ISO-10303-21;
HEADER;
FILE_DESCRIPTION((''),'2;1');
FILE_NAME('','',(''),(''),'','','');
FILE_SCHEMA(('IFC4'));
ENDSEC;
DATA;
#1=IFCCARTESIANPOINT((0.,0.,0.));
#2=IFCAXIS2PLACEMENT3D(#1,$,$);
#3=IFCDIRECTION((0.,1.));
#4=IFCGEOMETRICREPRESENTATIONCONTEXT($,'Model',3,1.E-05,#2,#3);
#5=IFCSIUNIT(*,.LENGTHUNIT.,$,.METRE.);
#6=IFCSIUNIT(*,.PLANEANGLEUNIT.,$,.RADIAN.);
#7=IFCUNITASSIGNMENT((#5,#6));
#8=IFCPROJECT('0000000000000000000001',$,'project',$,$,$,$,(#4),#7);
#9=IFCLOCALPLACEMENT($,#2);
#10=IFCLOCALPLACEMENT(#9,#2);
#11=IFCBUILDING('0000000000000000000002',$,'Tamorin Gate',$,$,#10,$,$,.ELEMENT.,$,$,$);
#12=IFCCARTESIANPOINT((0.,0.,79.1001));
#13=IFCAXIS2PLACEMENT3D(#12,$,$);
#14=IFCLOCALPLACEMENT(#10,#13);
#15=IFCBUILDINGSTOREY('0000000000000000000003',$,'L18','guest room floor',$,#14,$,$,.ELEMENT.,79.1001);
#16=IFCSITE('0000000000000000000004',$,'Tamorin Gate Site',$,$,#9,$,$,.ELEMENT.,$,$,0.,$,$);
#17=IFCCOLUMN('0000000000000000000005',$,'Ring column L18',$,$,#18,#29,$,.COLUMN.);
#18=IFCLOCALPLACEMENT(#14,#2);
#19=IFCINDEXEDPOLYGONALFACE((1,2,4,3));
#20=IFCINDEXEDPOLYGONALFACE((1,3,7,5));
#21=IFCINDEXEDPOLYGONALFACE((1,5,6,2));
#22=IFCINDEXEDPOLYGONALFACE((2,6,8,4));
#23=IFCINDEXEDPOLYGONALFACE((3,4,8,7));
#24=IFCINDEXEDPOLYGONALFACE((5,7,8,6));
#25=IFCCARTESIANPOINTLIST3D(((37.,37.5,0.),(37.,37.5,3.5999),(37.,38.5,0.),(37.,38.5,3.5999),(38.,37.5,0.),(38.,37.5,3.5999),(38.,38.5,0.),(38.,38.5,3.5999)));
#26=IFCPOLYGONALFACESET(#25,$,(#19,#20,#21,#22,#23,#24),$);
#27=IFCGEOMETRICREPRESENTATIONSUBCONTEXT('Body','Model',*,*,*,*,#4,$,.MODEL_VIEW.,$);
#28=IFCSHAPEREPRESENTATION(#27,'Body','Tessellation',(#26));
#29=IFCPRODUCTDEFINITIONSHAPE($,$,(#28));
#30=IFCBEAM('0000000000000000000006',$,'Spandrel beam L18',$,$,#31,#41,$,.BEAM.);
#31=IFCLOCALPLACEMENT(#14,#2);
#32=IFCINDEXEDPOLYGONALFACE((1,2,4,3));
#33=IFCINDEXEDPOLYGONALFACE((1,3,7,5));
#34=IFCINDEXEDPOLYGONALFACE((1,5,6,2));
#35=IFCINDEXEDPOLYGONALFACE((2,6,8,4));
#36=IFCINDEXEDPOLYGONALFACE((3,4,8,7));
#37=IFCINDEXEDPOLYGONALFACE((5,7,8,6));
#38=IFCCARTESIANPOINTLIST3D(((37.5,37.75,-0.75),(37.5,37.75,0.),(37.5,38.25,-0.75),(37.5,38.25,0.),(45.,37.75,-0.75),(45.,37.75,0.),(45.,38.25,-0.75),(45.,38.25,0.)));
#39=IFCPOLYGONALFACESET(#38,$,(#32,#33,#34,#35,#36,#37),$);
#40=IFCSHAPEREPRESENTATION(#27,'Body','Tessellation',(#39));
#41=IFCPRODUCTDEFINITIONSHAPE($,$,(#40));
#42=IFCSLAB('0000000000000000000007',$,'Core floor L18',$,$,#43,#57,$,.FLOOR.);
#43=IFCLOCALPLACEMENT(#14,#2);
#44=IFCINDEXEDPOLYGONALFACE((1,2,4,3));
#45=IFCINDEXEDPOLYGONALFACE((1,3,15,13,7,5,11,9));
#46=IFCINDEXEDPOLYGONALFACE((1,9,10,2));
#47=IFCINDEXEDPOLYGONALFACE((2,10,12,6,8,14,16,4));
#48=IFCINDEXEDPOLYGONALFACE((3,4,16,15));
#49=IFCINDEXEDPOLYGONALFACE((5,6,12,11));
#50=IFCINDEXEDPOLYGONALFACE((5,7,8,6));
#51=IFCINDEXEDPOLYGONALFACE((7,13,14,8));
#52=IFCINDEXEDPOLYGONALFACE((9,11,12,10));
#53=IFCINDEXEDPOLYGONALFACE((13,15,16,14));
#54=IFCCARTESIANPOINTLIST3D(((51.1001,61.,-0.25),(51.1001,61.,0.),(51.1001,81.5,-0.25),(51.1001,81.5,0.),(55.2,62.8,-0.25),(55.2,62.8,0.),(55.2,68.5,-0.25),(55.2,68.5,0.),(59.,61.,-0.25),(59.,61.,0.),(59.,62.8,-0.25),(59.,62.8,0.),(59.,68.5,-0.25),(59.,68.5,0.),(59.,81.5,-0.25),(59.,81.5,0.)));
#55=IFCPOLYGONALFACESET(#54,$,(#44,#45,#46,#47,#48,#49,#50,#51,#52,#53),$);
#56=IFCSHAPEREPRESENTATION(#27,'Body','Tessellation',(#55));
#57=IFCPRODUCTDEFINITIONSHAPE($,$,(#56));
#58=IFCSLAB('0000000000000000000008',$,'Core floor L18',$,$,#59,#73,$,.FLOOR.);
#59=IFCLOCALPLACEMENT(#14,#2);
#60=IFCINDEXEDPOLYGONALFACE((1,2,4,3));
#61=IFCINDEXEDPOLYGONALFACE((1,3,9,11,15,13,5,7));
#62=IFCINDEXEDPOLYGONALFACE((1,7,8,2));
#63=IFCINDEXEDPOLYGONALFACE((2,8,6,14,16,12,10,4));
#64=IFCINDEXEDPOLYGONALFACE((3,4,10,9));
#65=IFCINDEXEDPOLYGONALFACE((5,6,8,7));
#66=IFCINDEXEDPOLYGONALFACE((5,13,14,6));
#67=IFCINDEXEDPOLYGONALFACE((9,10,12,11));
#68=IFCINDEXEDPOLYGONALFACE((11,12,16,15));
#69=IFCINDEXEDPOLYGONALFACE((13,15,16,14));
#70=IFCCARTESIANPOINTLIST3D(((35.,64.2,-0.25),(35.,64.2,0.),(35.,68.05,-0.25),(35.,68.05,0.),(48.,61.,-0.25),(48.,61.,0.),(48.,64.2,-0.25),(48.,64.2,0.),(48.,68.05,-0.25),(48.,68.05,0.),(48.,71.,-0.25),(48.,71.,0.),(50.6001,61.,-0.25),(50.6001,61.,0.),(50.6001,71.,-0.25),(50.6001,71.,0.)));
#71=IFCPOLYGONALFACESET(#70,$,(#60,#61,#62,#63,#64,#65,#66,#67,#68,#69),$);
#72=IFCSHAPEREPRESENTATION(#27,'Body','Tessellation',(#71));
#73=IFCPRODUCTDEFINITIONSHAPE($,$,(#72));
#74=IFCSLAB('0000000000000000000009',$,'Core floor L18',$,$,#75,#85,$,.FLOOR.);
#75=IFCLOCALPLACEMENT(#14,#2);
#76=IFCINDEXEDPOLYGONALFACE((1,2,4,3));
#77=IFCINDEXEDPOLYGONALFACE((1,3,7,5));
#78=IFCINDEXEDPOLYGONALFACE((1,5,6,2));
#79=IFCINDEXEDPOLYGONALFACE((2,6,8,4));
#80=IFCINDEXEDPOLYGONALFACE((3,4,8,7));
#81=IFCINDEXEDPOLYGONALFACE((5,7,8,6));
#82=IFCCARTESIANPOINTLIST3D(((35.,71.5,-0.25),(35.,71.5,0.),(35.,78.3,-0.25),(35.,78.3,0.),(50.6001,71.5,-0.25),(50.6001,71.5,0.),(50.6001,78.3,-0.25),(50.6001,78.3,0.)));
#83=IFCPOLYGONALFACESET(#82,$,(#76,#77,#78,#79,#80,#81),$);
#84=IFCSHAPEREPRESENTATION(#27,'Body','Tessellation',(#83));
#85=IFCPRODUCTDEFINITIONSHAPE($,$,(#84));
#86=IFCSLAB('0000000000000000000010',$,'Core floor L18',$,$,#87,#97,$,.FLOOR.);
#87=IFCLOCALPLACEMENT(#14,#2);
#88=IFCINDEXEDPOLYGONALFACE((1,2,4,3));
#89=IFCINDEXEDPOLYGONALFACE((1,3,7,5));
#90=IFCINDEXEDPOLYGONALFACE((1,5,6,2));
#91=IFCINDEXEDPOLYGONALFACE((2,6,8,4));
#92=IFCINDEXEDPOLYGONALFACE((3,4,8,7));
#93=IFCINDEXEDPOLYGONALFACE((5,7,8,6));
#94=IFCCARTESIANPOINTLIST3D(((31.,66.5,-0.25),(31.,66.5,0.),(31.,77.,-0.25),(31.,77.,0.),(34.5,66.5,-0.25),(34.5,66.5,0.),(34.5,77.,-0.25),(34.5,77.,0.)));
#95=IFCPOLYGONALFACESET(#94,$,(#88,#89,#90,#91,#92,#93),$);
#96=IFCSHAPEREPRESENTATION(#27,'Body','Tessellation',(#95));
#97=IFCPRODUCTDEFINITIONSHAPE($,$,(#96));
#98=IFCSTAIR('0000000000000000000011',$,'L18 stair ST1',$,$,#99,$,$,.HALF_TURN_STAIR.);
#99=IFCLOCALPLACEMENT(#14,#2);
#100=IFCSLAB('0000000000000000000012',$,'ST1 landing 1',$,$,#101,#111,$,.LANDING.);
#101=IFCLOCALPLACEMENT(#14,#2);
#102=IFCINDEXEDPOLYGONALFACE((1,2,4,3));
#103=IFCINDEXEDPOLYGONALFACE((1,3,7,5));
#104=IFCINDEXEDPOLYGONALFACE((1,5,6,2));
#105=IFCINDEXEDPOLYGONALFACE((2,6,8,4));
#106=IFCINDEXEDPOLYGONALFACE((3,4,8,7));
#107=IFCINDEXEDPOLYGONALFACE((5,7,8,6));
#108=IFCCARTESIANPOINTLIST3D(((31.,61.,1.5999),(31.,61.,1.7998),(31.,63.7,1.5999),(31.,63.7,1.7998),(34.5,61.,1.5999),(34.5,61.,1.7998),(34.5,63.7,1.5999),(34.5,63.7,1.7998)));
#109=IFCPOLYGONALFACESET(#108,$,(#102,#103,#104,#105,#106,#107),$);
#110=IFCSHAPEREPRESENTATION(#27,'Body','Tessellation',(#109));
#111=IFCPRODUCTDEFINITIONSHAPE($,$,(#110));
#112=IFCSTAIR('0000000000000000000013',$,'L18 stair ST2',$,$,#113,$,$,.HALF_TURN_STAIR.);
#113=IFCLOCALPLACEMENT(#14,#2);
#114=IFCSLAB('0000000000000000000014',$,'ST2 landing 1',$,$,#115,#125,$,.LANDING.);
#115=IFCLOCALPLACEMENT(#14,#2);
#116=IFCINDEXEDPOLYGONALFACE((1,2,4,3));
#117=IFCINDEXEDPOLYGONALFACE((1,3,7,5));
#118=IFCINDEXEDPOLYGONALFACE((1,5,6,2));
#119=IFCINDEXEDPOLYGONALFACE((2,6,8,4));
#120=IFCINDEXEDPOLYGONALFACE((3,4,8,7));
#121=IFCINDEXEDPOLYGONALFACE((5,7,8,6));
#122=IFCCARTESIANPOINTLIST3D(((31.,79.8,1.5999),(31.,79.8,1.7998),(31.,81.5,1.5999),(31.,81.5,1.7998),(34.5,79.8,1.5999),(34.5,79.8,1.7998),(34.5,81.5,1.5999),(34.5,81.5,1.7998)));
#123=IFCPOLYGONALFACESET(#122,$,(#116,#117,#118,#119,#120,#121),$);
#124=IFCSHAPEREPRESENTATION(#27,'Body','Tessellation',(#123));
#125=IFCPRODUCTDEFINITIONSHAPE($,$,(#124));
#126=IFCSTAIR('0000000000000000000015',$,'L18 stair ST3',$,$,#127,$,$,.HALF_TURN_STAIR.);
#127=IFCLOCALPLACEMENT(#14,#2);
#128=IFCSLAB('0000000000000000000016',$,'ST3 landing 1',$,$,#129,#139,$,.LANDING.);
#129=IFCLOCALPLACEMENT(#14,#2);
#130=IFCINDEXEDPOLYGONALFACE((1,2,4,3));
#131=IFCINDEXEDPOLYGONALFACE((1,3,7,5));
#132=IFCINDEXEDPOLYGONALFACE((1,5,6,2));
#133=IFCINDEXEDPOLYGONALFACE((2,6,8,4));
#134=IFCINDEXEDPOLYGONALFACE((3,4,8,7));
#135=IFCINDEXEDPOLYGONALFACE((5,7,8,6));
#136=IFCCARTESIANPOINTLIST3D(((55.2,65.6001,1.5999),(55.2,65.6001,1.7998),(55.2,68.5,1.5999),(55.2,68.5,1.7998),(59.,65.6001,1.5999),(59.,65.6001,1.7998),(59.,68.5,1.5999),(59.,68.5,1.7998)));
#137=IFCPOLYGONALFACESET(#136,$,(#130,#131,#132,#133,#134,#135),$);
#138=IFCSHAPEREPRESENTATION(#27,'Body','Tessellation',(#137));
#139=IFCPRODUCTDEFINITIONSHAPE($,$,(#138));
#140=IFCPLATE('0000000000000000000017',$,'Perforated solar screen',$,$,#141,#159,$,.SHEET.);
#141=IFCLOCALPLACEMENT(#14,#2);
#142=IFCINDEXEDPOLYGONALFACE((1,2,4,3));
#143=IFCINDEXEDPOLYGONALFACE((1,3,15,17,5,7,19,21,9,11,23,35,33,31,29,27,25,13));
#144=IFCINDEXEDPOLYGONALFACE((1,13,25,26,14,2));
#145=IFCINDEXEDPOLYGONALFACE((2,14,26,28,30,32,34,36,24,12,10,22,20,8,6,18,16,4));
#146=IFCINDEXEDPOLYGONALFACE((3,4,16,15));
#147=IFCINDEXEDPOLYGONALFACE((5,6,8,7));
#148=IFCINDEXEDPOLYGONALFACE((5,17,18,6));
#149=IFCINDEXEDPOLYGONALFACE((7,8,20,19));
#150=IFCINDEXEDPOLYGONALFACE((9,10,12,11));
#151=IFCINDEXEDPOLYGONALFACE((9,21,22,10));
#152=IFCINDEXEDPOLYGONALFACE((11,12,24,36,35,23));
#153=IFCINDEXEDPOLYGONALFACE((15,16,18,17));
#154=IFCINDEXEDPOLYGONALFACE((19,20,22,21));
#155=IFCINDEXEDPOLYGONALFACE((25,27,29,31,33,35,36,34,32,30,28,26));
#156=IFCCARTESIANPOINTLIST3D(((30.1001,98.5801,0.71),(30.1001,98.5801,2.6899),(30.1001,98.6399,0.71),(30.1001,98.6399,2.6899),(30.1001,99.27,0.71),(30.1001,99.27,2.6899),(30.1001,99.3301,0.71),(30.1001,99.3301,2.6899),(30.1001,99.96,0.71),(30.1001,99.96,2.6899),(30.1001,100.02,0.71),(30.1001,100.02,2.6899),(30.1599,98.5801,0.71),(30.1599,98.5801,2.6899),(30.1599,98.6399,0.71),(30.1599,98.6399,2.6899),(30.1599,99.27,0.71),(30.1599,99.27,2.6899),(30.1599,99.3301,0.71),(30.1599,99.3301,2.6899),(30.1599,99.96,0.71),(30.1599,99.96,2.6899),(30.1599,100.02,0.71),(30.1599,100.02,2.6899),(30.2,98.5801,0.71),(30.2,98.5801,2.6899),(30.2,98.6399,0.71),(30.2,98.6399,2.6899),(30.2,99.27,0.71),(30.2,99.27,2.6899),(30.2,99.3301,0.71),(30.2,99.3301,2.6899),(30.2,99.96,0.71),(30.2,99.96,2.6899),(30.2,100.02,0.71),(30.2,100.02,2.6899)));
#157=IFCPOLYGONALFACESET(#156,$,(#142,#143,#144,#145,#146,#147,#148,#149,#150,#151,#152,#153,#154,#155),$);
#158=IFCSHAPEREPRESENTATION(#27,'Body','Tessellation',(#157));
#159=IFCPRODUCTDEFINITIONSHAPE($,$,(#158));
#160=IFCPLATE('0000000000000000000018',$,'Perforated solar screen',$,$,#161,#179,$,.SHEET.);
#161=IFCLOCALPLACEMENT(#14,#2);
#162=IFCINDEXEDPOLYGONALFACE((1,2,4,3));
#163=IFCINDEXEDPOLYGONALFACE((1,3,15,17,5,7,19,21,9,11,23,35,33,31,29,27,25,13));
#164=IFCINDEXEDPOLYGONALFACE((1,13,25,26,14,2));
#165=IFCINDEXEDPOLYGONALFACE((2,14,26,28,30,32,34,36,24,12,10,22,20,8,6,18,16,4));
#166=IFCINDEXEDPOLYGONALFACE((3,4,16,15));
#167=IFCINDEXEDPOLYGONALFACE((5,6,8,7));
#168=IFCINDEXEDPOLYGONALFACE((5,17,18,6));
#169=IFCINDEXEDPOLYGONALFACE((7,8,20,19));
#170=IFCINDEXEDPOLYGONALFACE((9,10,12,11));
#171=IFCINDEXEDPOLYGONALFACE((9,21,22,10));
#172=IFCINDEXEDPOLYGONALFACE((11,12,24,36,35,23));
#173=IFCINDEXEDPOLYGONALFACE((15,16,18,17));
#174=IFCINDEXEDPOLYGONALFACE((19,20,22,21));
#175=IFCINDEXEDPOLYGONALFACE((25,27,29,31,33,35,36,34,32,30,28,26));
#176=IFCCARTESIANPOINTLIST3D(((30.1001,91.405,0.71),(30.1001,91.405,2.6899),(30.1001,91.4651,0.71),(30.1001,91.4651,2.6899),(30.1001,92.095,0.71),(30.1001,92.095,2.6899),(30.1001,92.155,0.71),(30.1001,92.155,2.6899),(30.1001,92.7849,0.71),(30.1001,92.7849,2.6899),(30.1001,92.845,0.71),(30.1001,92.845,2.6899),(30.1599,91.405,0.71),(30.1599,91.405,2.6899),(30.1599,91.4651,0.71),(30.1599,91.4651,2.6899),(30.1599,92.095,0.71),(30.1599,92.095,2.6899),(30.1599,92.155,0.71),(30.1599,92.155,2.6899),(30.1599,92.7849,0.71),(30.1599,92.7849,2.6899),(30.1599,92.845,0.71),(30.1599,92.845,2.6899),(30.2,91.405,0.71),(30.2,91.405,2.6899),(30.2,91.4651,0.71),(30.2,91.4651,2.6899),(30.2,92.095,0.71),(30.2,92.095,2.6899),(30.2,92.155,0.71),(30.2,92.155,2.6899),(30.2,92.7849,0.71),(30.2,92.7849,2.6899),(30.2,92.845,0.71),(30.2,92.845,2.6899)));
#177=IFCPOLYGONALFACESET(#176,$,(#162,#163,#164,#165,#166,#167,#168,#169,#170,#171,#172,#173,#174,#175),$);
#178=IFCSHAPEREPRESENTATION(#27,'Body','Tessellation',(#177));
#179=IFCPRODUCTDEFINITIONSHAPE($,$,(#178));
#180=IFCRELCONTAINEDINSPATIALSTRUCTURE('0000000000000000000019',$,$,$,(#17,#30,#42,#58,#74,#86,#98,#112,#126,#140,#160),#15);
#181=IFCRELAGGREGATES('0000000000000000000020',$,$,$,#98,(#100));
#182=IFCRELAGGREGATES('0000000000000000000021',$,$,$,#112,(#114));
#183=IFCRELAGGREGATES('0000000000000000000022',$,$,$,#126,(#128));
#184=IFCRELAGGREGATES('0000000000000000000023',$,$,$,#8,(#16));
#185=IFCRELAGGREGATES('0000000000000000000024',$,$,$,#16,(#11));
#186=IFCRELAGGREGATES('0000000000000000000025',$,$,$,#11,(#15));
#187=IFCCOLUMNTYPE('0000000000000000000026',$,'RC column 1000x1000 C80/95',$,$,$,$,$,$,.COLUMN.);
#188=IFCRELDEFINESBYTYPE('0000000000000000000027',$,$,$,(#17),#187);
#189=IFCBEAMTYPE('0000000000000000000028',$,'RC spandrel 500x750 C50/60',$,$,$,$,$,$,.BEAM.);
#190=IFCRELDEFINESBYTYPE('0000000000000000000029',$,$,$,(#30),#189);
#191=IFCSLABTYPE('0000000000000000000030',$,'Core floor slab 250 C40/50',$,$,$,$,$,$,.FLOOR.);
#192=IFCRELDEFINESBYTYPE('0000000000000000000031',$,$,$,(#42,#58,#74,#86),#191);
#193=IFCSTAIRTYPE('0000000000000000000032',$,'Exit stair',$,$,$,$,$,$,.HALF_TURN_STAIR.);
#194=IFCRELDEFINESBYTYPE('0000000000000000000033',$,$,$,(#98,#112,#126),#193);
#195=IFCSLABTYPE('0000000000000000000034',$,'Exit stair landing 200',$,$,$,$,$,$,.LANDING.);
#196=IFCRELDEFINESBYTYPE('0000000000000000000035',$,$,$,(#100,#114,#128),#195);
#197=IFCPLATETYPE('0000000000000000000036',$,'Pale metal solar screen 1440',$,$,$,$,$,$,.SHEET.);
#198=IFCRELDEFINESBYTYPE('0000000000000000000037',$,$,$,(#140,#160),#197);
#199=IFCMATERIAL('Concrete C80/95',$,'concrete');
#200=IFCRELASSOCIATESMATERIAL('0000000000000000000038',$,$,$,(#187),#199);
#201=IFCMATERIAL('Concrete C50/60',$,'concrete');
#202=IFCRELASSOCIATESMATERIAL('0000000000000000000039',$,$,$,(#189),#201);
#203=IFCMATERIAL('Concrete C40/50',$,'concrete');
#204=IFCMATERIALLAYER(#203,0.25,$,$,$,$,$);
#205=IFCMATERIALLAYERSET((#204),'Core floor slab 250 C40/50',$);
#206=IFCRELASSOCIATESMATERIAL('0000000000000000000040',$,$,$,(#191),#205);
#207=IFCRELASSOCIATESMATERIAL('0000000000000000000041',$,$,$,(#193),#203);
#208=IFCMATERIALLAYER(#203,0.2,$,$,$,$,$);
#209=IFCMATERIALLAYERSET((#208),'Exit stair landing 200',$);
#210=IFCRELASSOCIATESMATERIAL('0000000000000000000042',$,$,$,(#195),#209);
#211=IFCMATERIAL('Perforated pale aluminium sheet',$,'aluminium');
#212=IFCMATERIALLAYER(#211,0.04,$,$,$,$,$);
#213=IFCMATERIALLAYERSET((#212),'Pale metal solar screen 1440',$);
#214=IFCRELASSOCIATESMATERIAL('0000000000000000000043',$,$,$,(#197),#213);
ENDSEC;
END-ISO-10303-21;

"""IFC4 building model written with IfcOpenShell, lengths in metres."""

from ifc_helpers import new_model, si_unit, direction, frame, origin, origin_2d, place, context, subcontext, project, spatial, polyline, rectangle, outline, extrude, material, layer, layer_set, material_profile, profile_set, type_object, element, aggregate, save


model = new_model("IFC4")

# Units and contexts
model_context = context("Model", 3, precision=1e-05, world=origin(), true_north=direction((0.0, 1.0)))
body_context = subcontext(model_context, "Body", "Model", "MODEL_VIEW")
ifc_project = project(units=[si_unit("LENGTHUNIT", "METRE"), si_unit("PLANEANGLEUNIT", "RADIAN")], contexts=[model_context])

# Site, building, storey
site_placement = place(None, origin())
site = spatial("IfcSite", under=ifc_project, at=site_placement, Name="Tamorin Gate Site", CompositionType="ELEMENT", RefElevation=0.0)
building_placement = place(site_placement, origin())
building = spatial("IfcBuilding", under=site, at=building_placement, Name="Tamorin Gate", CompositionType="ELEMENT")
storey_placement = place(building_placement, frame((0.0, 0.0, 79.1001)))
storey = spatial("IfcBuildingStorey", under=building, at=storey_placement, Name="L18", Description="guest room floor", CompositionType="ELEMENT", Elevation=79.1001)

# Column
ifc_material_1 = material(Name="Concrete C80/95", Category="concrete")
ifc_material_profile_1 = material_profile(ifc_material_1, rectangle(XDim=1.0, YDim=1.0, at=origin_2d()), Name="RC 1000x1000")
ifc_profile_set_1 = profile_set([ifc_material_profile_1], Name="Concrete C80/95")
column_type = type_object("IfcColumnType", Name="RC column 1000x1000 C80/95", PredefinedType="COLUMN", material=ifc_profile_set_1)
column_placement = place(storey_placement, frame((37.5, 38.0, 0.0), z_axis=(0.0, 0.0, 1.0), x_axis=(1.0, 0.0, 0.0)))
element("IfcColumn", 1, at=column_placement, inside=storey, type_object=column_type, Name="Ring column L18", PredefinedType="COLUMN", context=body_context, shape_type="SweptSolid", body=[
    extrude(rectangle(XDim=1.0, YDim=1.0, at=origin_2d()), origin(), (0.0, 0.0, 1.0), 3.5999),
])

# Beam
ifc_material_2 = material(Name="Concrete C50/60", Category="concrete")
ifc_material_profile_2 = material_profile(ifc_material_2, rectangle(XDim=0.5, YDim=0.75, at=origin_2d()), Name="RC 500x750")
ifc_profile_set_2 = profile_set([ifc_material_profile_2], Name="Concrete C50/60")
beam_type = type_object("IfcBeamType", Name="RC spandrel 500x750 C50/60", PredefinedType="BEAM", material=ifc_profile_set_2)
beam_placement = place(storey_placement, frame((37.5, 38.0, -0.375), z_axis=(1.0, 0.0, 0.0), x_axis=(0.0, 1.0, 0.0)))
element("IfcBeam", 2, at=beam_placement, inside=storey, type_object=beam_type, Name="Spandrel beam L18", PredefinedType="BEAM", context=body_context, shape_type="SweptSolid", body=[
    extrude(rectangle(XDim=0.5, YDim=0.75, at=origin_2d()), origin(), (0.0, 0.0, 1.0), 7.5),
])

# Slabs
ifc_material_3 = material(Name="Concrete C40/50", Category="concrete")
ifc_layer_1 = layer(ifc_material_3, 0.25)
ifc_layer_set_1 = layer_set([ifc_layer_1], Name="Core floor slab 250 C40/50")
slab_type_1 = type_object("IfcSlabType", Name="Core floor slab 250 C40/50", PredefinedType="FLOOR", material=ifc_layer_set_1)
slab_1_placement = place(storey_placement, frame((0.0, 0.0, -0.25)))
element("IfcSlab", 3, at=slab_1_placement, inside=storey, type_object=slab_type_1, Name="Core floor L18", PredefinedType="FLOOR", context=body_context, shape_type="SweptSolid", body=[
    extrude(outline(polyline([(59.0, 62.8), (59.0, 61.0), (51.1001, 61.0), (51.1001, 81.5), (59.0, 81.5), (59.0, 68.5), (55.2, 68.5), (55.2, 62.8), (59.0, 62.8)])), origin(), (0.0, 0.0, 1.0), 0.25),
])
slab_2_placement = place(storey_placement, frame((0.0, 0.0, -0.25)))
element("IfcSlab", 4, at=slab_2_placement, inside=storey, type_object=slab_type_1, Name="Core floor L18", PredefinedType="FLOOR", context=body_context, shape_type="SweptSolid", body=[
    extrude(outline(polyline([(50.6001, 61.0), (48.0, 61.0), (48.0, 64.2), (35.0, 64.2), (35.0, 68.05), (48.0, 68.05), (48.0, 71.0), (50.6001, 71.0), (50.6001, 61.0)])), origin(), (0.0, 0.0, 1.0), 0.25),
])
slab_3_placement = place(storey_placement, frame((0.0, 0.0, -0.25)))
element("IfcSlab", 5, at=slab_3_placement, inside=storey, type_object=slab_type_1, Name="Core floor L18", PredefinedType="FLOOR", context=body_context, shape_type="SweptSolid", body=[
    extrude(outline(polyline([(50.6001, 71.5), (35.0, 71.5), (35.0, 78.3), (50.6001, 78.3), (50.6001, 71.5)])), origin(), (0.0, 0.0, 1.0), 0.25),
])
slab_4_placement = place(storey_placement, frame((0.0, 0.0, -0.25)))
element("IfcSlab", 6, at=slab_4_placement, inside=storey, type_object=slab_type_1, Name="Core floor L18", PredefinedType="FLOOR", context=body_context, shape_type="SweptSolid", body=[
    extrude(outline(polyline([(31.0, 66.5), (31.0, 77.0), (34.5, 77.0), (34.5, 66.5), (31.0, 66.5)])), origin(), (0.0, 0.0, 1.0), 0.25),
])

# Stairs, slabs
stair_type = type_object("IfcStairType", Name="Exit stair", PredefinedType="HALF_TURN_STAIR", material=ifc_material_3)
stair_1_placement = place(storey_placement, origin())
stair_1 = element("IfcStair", 7, at=stair_1_placement, inside=storey, type_object=stair_type, Name="L18 stair ST1", PredefinedType="HALF_TURN_STAIR")
ifc_layer_2 = layer(ifc_material_3, 0.2)
ifc_layer_set_2 = layer_set([ifc_layer_2], Name="Exit stair landing 200")
slab_type_2 = type_object("IfcSlabType", Name="Exit stair landing 200", PredefinedType="LANDING", material=ifc_layer_set_2)
slab_5_placement = place(storey_placement, frame((0.0, 0.0, 1.5999)))
slab_5 = element("IfcSlab", 8, at=slab_5_placement, type_object=slab_type_2, Name="ST1 landing 1", PredefinedType="LANDING", context=body_context, shape_type="SweptSolid", body=[
    extrude(outline(polyline([(31.0, 63.7), (31.0, 61.0), (34.5, 61.0), (34.5, 63.7), (31.0, 63.7)])), origin(), (0.0, 0.0, 1.0), 0.2),
])
aggregate(stair_1, [slab_5])
stair_2_placement = place(storey_placement, origin())
stair_2 = element("IfcStair", 9, at=stair_2_placement, inside=storey, type_object=stair_type, Name="L18 stair ST2", PredefinedType="HALF_TURN_STAIR")
slab_6_placement = place(storey_placement, frame((0.0, 0.0, 1.5999)))
slab_6 = element("IfcSlab", 10, at=slab_6_placement, type_object=slab_type_2, Name="ST2 landing 1", PredefinedType="LANDING", context=body_context, shape_type="SweptSolid", body=[
    extrude(outline(polyline([(34.5, 79.8), (34.5, 81.5), (31.0, 81.5), (31.0, 79.8), (34.5, 79.8)])), origin(), (0.0, 0.0, 1.0), 0.2),
])
aggregate(stair_2, [slab_6])
stair_3_placement = place(storey_placement, origin())
stair_3 = element("IfcStair", 11, at=stair_3_placement, inside=storey, type_object=stair_type, Name="L18 stair ST3", PredefinedType="HALF_TURN_STAIR")
slab_7_placement = place(storey_placement, frame((0.0, 0.0, 1.5999)))
slab_7 = element("IfcSlab", 12, at=slab_7_placement, type_object=slab_type_2, Name="ST3 landing 1", PredefinedType="LANDING", context=body_context, shape_type="SweptSolid", body=[
    extrude(outline(polyline([(59.0, 65.6001), (59.0, 68.5), (55.2, 68.5), (55.2, 65.6001), (59.0, 65.6001)])), origin(), (0.0, 0.0, 1.0), 0.2),
])
aggregate(stair_3, [slab_7])

# Plates
ifc_material_4 = material(Name="Perforated pale aluminium sheet", Category="aluminium")
ifc_layer_3 = layer(ifc_material_4, 0.04)
ifc_layer_set_3 = layer_set([ifc_layer_3], Name="Pale metal solar screen 1440")
plate_type = type_object("IfcPlateType", Name="Pale metal solar screen 1440", PredefinedType="SHEET", material=ifc_layer_set_3)
plate_1_placement = place(storey_placement, frame((0.0, 0.0, 0.71)))
element("IfcPlate", 13, at=plate_1_placement, inside=storey, type_object=plate_type, Name="Perforated solar screen", PredefinedType="SHEET", context=body_context, shape_type="SweptSolid", body=[
    extrude(outline(polyline([(30.1599, 100.02), (30.2, 100.02), (30.2, 99.96), (30.2, 99.3301), (30.2, 99.27), (30.2, 98.6399), (30.2, 98.5801), (30.1599, 98.5801), (30.1001, 98.5801), (30.1001, 98.6399), (30.1599, 98.6399), (30.1599, 99.27), (30.1001, 99.27), (30.1001, 99.3301), (30.1599, 99.3301), (30.1599, 99.96), (30.1001, 99.96), (30.1001, 100.02), (30.1599, 100.02)])), origin(), (0.0, 0.0, 1.0), 1.98),
])
plate_2_placement = place(storey_placement, frame((0.0, 0.0, 0.71)))
element("IfcPlate", 14, at=plate_2_placement, inside=storey, type_object=plate_type, Name="Perforated solar screen", PredefinedType="SHEET", context=body_context, shape_type="SweptSolid", body=[
    extrude(outline(polyline([(30.1599, 92.845), (30.2, 92.845), (30.2, 92.7849), (30.2, 92.155), (30.2, 92.095), (30.2, 91.4651), (30.2, 91.405), (30.1599, 91.405), (30.1001, 91.405), (30.1001, 91.4651), (30.1599, 91.4651), (30.1599, 92.095), (30.1001, 92.095), (30.1001, 92.155), (30.1599, 92.155), (30.1599, 92.7849), (30.1001, 92.7849), (30.1001, 92.845), (30.1599, 92.845)])), origin(), (0.0, 0.0, 1.0), 1.98),
])

save(model, "model.ifc")
